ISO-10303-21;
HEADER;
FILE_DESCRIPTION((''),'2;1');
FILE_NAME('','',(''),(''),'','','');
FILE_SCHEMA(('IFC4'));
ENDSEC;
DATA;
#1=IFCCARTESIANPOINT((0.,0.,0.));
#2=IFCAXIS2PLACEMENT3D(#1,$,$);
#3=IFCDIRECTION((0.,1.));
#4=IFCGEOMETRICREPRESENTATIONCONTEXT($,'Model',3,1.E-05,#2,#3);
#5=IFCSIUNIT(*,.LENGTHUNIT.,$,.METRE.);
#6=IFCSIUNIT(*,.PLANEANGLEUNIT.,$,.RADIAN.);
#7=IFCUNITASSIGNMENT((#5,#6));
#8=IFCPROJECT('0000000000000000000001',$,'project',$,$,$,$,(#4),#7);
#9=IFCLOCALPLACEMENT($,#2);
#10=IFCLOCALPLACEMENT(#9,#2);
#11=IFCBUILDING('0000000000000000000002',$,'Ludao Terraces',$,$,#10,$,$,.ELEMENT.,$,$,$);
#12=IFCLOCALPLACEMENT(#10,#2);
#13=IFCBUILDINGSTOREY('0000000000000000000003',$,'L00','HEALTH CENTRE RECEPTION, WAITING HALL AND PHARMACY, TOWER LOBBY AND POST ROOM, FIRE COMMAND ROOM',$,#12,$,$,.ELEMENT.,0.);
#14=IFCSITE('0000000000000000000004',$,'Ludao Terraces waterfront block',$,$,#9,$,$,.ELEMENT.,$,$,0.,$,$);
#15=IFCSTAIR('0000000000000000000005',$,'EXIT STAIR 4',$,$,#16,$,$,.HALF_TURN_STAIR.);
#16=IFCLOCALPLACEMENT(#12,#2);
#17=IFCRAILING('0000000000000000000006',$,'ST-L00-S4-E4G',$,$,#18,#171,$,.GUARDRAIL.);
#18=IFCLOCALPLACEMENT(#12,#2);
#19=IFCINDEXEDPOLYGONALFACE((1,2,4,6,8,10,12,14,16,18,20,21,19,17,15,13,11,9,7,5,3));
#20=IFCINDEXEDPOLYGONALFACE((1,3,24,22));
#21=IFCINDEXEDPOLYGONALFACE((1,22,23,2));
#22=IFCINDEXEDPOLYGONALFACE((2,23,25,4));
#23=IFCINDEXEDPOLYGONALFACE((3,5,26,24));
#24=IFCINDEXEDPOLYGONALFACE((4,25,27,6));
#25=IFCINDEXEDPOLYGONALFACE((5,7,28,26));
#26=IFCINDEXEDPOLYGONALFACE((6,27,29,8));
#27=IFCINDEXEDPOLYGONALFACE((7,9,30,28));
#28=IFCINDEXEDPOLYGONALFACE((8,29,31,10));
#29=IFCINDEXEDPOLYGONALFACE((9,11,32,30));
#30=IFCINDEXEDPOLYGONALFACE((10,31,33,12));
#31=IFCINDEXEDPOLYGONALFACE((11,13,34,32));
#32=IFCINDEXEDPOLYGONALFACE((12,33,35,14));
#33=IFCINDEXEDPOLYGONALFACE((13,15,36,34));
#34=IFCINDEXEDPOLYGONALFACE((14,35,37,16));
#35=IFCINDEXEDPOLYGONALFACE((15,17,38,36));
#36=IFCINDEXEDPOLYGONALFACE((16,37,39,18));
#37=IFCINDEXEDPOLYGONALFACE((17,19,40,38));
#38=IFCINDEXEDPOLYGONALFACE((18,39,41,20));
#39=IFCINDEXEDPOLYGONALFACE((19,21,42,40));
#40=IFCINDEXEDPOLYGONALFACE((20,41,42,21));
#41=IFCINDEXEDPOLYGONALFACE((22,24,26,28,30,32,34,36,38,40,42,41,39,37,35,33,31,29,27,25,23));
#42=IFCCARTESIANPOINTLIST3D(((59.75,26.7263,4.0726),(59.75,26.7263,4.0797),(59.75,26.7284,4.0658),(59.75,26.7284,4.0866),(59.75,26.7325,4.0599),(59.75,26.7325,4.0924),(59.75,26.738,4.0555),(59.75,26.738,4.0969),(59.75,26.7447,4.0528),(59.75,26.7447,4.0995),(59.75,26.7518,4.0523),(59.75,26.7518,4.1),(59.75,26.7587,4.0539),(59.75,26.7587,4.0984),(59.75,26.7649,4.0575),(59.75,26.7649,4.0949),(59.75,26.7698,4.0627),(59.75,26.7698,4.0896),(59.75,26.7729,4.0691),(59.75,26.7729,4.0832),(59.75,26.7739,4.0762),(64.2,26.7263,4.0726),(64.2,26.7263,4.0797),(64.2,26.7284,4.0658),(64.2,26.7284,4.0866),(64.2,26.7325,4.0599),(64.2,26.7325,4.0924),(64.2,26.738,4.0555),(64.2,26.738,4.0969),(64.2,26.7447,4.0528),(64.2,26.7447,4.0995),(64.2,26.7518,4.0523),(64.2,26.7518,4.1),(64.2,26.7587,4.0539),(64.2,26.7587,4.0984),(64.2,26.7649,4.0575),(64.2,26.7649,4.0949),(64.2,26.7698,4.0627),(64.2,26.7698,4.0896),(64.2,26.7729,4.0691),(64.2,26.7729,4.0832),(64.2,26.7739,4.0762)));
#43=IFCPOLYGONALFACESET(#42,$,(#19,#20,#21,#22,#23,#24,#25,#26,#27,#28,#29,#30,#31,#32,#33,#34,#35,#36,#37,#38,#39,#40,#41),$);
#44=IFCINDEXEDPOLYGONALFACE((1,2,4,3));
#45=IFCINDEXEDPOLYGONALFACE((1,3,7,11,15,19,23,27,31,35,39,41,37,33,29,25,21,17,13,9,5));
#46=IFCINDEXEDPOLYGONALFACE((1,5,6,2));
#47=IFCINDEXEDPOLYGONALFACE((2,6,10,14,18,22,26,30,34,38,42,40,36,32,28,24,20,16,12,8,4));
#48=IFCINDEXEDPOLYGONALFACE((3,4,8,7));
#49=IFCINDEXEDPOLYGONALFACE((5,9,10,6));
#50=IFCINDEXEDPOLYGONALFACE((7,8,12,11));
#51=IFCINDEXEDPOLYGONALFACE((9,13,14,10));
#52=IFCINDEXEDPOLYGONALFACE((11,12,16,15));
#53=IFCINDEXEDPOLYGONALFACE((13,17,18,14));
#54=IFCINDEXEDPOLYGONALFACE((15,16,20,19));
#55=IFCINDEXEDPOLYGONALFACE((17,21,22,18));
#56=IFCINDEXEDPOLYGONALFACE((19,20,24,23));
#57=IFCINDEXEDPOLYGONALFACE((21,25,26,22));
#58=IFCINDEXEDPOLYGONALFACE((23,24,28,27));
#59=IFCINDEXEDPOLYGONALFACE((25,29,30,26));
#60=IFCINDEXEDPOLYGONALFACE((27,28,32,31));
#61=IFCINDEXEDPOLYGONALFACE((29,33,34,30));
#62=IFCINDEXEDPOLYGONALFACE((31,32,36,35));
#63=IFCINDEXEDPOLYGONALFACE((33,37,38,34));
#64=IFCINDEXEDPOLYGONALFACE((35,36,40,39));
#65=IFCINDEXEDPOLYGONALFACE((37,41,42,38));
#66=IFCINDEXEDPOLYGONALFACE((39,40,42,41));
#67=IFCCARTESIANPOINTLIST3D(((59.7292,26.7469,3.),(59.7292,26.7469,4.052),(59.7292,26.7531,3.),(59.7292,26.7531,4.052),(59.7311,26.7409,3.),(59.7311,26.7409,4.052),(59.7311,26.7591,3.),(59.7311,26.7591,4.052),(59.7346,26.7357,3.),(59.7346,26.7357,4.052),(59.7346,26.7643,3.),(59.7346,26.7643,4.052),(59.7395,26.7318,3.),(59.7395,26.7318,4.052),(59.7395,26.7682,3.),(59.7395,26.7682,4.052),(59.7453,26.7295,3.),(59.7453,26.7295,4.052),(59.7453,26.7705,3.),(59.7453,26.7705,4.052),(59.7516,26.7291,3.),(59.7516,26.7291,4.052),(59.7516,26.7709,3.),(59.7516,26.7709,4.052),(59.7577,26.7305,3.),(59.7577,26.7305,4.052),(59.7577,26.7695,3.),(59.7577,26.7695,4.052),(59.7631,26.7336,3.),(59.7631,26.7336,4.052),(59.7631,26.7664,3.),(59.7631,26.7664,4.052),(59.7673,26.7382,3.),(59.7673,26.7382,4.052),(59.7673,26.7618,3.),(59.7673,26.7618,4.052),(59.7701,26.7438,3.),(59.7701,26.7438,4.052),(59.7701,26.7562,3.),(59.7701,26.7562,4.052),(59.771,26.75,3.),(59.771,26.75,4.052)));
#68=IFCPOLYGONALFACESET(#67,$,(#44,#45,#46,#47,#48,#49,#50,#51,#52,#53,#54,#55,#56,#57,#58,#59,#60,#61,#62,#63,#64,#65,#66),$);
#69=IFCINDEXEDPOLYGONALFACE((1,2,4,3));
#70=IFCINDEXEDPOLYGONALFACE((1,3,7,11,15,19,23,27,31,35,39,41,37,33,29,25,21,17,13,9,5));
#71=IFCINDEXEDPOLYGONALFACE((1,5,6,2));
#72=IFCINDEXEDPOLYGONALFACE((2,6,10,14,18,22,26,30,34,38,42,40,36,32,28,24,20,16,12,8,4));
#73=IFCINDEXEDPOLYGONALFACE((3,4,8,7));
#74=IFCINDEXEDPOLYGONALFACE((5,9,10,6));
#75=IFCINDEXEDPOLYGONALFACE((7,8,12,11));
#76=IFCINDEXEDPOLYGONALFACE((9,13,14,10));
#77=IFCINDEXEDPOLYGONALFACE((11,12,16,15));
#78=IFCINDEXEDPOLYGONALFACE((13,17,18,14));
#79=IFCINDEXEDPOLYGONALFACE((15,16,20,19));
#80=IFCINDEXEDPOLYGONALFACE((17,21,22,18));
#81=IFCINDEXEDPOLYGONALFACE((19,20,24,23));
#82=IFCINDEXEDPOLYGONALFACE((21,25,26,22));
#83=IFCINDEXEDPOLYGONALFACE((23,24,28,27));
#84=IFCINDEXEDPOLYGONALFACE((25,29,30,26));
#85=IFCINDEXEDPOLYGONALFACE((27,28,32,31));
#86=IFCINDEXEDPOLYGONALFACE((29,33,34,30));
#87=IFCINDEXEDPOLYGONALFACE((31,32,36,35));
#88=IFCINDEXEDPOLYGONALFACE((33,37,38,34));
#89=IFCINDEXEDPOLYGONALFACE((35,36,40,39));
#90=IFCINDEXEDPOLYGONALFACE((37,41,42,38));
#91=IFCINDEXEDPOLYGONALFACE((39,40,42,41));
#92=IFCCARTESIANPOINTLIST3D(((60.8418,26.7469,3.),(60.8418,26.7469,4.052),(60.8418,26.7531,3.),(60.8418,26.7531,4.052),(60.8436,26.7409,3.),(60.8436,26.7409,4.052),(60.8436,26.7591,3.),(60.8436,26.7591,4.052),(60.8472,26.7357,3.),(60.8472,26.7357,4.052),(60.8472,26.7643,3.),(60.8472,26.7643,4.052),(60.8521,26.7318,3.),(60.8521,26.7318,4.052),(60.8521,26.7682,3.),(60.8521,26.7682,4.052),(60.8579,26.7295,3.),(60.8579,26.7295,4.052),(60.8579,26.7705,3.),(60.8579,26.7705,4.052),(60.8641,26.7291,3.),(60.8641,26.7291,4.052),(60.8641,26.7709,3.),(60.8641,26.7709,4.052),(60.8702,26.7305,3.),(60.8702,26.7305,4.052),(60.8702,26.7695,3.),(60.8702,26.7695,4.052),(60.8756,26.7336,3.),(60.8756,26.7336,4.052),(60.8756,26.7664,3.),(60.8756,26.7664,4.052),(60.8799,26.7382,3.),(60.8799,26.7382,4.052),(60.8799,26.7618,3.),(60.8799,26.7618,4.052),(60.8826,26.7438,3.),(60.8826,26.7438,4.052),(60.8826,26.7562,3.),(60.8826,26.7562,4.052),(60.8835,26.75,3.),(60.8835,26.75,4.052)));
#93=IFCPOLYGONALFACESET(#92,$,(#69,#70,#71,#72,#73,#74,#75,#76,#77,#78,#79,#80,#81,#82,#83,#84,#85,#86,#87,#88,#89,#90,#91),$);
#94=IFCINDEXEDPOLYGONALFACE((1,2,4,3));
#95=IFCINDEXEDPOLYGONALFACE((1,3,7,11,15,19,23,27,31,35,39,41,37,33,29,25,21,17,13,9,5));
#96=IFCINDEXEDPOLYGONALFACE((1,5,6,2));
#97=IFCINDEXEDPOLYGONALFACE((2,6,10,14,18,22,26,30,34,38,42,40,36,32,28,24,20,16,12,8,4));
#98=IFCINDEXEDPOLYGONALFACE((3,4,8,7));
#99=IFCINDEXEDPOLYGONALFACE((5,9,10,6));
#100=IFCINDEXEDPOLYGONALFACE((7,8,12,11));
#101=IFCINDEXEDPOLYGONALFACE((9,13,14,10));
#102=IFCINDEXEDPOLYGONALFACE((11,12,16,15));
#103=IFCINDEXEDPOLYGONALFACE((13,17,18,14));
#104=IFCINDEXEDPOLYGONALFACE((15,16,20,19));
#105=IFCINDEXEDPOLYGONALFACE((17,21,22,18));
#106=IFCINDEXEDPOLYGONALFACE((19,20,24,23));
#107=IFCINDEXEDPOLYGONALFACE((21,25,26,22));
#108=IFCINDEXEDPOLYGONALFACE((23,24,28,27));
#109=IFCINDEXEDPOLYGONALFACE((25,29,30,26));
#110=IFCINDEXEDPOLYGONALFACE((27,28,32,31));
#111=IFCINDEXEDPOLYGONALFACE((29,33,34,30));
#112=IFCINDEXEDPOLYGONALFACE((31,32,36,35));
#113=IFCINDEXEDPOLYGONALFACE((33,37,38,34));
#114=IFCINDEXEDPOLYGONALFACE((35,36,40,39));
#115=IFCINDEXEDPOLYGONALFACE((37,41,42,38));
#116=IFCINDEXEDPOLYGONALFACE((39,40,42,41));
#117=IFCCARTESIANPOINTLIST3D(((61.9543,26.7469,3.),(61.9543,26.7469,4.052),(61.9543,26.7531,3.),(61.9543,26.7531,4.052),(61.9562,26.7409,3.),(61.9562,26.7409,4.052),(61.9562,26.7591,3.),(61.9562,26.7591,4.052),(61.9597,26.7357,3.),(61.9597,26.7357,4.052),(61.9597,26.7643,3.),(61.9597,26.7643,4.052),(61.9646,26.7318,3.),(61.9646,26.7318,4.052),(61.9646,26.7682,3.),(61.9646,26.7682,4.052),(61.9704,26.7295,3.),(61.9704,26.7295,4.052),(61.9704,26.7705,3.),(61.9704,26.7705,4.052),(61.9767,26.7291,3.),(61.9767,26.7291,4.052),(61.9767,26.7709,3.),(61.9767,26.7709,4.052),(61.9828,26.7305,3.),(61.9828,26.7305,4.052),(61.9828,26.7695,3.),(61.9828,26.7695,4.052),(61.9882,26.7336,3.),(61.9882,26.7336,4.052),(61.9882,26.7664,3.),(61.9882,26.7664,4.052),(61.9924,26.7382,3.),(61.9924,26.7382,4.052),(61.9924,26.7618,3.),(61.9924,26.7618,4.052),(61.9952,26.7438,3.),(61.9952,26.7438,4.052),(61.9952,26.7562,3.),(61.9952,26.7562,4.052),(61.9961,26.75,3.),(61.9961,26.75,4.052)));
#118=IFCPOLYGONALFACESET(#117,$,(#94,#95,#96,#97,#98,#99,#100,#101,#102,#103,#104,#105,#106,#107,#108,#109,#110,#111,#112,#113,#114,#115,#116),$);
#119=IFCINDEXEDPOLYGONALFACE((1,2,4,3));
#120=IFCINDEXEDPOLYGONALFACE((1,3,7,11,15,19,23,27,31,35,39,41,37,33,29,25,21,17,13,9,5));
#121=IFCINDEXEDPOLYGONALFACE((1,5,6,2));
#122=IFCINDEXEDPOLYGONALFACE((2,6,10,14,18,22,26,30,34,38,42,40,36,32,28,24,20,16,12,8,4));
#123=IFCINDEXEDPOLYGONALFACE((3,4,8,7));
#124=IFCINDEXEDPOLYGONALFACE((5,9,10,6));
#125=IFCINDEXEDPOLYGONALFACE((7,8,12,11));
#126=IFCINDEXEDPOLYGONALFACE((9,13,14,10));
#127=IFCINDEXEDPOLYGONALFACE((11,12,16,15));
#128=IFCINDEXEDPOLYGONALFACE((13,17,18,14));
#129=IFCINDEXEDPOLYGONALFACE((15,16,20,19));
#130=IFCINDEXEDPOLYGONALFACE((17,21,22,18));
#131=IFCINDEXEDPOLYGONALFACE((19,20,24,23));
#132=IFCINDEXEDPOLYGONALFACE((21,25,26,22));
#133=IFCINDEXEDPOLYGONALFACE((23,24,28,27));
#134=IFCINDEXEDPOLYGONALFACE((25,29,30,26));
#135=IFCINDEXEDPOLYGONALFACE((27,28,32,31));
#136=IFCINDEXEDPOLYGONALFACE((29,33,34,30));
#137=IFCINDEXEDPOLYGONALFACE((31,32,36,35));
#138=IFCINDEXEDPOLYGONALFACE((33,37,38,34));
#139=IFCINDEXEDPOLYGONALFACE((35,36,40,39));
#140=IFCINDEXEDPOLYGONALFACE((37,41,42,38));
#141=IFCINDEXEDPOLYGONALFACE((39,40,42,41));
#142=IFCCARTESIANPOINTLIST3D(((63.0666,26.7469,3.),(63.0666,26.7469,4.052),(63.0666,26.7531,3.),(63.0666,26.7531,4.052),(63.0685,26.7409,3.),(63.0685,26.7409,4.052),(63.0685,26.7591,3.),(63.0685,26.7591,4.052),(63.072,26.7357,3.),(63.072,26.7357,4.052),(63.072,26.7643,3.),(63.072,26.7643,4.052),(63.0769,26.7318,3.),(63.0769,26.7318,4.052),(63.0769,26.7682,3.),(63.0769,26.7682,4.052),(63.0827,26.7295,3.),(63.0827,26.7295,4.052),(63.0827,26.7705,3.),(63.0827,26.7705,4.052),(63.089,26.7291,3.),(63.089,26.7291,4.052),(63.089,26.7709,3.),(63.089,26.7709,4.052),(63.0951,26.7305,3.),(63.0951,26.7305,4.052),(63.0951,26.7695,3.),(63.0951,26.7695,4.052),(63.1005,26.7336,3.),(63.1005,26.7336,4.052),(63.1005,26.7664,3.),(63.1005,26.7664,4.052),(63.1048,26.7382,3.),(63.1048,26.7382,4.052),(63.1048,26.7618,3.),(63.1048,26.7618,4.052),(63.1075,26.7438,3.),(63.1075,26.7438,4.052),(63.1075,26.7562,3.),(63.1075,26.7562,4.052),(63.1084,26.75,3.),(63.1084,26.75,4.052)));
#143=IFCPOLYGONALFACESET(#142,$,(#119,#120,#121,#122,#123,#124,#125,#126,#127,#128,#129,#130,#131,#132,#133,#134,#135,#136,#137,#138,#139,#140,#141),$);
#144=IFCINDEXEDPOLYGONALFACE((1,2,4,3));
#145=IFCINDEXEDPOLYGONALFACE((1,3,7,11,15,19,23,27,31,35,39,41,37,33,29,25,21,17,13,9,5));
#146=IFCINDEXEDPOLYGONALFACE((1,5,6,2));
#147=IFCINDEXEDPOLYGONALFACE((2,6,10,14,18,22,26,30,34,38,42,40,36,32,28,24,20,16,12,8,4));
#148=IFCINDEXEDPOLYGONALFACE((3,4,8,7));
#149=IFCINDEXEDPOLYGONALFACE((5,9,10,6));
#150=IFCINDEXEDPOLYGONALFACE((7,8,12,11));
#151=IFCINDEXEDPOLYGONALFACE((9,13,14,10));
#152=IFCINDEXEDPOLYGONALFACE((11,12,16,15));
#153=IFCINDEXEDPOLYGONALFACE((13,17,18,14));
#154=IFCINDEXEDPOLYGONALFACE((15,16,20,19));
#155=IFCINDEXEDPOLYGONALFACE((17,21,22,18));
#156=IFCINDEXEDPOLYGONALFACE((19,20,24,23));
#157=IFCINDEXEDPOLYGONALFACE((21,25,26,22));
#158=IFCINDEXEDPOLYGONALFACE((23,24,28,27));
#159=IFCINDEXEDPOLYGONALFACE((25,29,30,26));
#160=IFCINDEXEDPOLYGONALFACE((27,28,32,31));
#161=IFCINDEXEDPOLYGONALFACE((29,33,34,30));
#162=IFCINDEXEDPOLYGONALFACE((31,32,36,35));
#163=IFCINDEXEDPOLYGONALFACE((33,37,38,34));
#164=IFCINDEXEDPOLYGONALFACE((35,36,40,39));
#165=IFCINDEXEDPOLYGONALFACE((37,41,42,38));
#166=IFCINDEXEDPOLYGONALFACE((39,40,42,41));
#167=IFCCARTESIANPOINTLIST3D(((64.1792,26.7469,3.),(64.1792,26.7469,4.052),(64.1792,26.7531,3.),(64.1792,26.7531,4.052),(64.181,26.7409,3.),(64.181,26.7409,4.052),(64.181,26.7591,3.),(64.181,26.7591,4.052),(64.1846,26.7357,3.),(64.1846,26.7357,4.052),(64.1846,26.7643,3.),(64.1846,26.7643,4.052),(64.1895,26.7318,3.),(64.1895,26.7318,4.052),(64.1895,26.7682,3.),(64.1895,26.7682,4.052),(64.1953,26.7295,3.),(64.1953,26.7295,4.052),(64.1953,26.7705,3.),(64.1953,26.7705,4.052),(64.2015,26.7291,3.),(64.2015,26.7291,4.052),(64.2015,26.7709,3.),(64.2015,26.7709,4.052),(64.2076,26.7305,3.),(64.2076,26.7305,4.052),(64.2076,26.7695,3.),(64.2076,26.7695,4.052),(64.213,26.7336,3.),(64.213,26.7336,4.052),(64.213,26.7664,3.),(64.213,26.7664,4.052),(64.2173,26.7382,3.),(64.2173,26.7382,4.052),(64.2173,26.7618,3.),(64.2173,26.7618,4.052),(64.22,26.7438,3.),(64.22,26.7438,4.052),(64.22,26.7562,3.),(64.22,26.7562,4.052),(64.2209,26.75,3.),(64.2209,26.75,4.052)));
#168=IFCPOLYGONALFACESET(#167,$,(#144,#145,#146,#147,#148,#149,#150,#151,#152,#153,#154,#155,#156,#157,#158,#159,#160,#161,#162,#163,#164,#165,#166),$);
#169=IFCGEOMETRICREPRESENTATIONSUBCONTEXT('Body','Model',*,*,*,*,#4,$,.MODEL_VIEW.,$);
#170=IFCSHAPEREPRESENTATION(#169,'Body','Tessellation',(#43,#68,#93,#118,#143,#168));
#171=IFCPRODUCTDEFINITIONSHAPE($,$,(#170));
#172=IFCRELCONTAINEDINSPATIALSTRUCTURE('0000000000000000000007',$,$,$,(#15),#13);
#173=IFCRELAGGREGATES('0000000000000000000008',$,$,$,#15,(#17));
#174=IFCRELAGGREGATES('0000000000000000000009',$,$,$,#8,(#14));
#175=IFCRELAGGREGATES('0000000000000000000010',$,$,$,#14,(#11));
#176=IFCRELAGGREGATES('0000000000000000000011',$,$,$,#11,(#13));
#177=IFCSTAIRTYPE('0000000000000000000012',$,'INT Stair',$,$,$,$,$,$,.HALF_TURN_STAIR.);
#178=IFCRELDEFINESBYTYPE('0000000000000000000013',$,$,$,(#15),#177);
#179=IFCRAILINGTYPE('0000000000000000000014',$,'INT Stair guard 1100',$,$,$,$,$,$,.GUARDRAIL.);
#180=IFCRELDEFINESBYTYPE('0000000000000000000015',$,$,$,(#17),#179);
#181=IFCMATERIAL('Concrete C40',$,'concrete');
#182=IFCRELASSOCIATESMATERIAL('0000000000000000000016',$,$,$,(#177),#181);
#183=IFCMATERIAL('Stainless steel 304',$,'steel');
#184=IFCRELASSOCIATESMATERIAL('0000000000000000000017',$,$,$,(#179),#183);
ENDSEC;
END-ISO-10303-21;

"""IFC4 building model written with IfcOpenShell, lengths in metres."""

from ifc_helpers import new_model, si_unit, direction, frame, origin, origin_2d, place, context, subcontext, project, spatial, circle, extrude, material, type_object, element, aggregate, save


model = new_model("IFC4")

# Units and contexts
model_context = context("Model", 3, precision=1e-05, world=origin(), true_north=direction((0.0, 1.0)))
body_context = subcontext(model_context, "Body", "Model", "MODEL_VIEW")
ifc_project = project(units=[si_unit("LENGTHUNIT", "METRE"), si_unit("PLANEANGLEUNIT", "RADIAN")], contexts=[model_context])

# Site, building, storey
site_placement = place(None, origin())
site = spatial("IfcSite", under=ifc_project, at=site_placement, Name="Ludao Terraces waterfront block", CompositionType="ELEMENT", RefElevation=0.0)
building_placement = place(site_placement, origin())
building = spatial("IfcBuilding", under=site, at=building_placement, Name="Ludao Terraces", CompositionType="ELEMENT")
storey_placement = place(building_placement, origin())
storey = spatial("IfcBuildingStorey", under=building, at=storey_placement, Name="L00", Description="HEALTH CENTRE RECEPTION, WAITING HALL AND PHARMACY, TOWER LOBBY AND POST ROOM, FIRE COMMAND ROOM", CompositionType="ELEMENT", Elevation=0.0)

# Shared definitions
ifc_material_1 = material(Name="Concrete C40", Category="concrete")

# Stair, railing
stair_type = type_object("IfcStairType", Name="INT Stair", PredefinedType="HALF_TURN_STAIR", material=ifc_material_1)
stair_placement = place(storey_placement, origin())
stair = element("IfcStair", 1, at=stair_placement, inside=storey, type_object=stair_type, Name="EXIT STAIR 4", PredefinedType="HALF_TURN_STAIR")
ifc_material_2 = material(Name="Stainless steel 304", Category="steel")
railing_type_1 = type_object("IfcRailingType", Name="INT Stair guard 1100", PredefinedType="GUARDRAIL", material=ifc_material_2)
railing_1_placement = place(storey_placement, frame((59.75, 26.75, 3.0)))
railing_1 = element("IfcRailing", 2, at=railing_1_placement, type_object=railing_type_1, Name="ST-L00-S4-E4G", PredefinedType="GUARDRAIL", context=body_context, shape_type="SweptSolid", body=[
    extrude(circle(Radius=0.0239, at=origin_2d()), frame((0.0, 0.0, 1.0762), z_axis=(1.0, 0.0, 0.0), x_axis=(0.0, 1.0, 0.0)), (0.0, 0.0, 1.0), 4.45),
    extrude(circle(Radius=0.021, at=origin_2d()), origin(), (0.0, 0.0, 1.0), 1.052),
    extrude(circle(Radius=0.021, at=origin_2d()), frame((1.1125, 0.0, 0.0)), (0.0, 0.0, 1.0), 1.052),
    extrude(circle(Radius=0.021, at=origin_2d()), frame((2.2251, 0.0, 0.0)), (0.0, 0.0, 1.0), 1.052),
    extrude(circle(Radius=0.021, at=origin_2d()), frame((3.3374, 0.0, 0.0)), (0.0, 0.0, 1.0), 1.052),
    extrude(circle(Radius=0.021, at=origin_2d()), frame((4.45, 0.0, 0.0)), (0.0, 0.0, 1.0), 1.052),
])
aggregate(stair, [railing_1])

save(model, "model.ifc")
